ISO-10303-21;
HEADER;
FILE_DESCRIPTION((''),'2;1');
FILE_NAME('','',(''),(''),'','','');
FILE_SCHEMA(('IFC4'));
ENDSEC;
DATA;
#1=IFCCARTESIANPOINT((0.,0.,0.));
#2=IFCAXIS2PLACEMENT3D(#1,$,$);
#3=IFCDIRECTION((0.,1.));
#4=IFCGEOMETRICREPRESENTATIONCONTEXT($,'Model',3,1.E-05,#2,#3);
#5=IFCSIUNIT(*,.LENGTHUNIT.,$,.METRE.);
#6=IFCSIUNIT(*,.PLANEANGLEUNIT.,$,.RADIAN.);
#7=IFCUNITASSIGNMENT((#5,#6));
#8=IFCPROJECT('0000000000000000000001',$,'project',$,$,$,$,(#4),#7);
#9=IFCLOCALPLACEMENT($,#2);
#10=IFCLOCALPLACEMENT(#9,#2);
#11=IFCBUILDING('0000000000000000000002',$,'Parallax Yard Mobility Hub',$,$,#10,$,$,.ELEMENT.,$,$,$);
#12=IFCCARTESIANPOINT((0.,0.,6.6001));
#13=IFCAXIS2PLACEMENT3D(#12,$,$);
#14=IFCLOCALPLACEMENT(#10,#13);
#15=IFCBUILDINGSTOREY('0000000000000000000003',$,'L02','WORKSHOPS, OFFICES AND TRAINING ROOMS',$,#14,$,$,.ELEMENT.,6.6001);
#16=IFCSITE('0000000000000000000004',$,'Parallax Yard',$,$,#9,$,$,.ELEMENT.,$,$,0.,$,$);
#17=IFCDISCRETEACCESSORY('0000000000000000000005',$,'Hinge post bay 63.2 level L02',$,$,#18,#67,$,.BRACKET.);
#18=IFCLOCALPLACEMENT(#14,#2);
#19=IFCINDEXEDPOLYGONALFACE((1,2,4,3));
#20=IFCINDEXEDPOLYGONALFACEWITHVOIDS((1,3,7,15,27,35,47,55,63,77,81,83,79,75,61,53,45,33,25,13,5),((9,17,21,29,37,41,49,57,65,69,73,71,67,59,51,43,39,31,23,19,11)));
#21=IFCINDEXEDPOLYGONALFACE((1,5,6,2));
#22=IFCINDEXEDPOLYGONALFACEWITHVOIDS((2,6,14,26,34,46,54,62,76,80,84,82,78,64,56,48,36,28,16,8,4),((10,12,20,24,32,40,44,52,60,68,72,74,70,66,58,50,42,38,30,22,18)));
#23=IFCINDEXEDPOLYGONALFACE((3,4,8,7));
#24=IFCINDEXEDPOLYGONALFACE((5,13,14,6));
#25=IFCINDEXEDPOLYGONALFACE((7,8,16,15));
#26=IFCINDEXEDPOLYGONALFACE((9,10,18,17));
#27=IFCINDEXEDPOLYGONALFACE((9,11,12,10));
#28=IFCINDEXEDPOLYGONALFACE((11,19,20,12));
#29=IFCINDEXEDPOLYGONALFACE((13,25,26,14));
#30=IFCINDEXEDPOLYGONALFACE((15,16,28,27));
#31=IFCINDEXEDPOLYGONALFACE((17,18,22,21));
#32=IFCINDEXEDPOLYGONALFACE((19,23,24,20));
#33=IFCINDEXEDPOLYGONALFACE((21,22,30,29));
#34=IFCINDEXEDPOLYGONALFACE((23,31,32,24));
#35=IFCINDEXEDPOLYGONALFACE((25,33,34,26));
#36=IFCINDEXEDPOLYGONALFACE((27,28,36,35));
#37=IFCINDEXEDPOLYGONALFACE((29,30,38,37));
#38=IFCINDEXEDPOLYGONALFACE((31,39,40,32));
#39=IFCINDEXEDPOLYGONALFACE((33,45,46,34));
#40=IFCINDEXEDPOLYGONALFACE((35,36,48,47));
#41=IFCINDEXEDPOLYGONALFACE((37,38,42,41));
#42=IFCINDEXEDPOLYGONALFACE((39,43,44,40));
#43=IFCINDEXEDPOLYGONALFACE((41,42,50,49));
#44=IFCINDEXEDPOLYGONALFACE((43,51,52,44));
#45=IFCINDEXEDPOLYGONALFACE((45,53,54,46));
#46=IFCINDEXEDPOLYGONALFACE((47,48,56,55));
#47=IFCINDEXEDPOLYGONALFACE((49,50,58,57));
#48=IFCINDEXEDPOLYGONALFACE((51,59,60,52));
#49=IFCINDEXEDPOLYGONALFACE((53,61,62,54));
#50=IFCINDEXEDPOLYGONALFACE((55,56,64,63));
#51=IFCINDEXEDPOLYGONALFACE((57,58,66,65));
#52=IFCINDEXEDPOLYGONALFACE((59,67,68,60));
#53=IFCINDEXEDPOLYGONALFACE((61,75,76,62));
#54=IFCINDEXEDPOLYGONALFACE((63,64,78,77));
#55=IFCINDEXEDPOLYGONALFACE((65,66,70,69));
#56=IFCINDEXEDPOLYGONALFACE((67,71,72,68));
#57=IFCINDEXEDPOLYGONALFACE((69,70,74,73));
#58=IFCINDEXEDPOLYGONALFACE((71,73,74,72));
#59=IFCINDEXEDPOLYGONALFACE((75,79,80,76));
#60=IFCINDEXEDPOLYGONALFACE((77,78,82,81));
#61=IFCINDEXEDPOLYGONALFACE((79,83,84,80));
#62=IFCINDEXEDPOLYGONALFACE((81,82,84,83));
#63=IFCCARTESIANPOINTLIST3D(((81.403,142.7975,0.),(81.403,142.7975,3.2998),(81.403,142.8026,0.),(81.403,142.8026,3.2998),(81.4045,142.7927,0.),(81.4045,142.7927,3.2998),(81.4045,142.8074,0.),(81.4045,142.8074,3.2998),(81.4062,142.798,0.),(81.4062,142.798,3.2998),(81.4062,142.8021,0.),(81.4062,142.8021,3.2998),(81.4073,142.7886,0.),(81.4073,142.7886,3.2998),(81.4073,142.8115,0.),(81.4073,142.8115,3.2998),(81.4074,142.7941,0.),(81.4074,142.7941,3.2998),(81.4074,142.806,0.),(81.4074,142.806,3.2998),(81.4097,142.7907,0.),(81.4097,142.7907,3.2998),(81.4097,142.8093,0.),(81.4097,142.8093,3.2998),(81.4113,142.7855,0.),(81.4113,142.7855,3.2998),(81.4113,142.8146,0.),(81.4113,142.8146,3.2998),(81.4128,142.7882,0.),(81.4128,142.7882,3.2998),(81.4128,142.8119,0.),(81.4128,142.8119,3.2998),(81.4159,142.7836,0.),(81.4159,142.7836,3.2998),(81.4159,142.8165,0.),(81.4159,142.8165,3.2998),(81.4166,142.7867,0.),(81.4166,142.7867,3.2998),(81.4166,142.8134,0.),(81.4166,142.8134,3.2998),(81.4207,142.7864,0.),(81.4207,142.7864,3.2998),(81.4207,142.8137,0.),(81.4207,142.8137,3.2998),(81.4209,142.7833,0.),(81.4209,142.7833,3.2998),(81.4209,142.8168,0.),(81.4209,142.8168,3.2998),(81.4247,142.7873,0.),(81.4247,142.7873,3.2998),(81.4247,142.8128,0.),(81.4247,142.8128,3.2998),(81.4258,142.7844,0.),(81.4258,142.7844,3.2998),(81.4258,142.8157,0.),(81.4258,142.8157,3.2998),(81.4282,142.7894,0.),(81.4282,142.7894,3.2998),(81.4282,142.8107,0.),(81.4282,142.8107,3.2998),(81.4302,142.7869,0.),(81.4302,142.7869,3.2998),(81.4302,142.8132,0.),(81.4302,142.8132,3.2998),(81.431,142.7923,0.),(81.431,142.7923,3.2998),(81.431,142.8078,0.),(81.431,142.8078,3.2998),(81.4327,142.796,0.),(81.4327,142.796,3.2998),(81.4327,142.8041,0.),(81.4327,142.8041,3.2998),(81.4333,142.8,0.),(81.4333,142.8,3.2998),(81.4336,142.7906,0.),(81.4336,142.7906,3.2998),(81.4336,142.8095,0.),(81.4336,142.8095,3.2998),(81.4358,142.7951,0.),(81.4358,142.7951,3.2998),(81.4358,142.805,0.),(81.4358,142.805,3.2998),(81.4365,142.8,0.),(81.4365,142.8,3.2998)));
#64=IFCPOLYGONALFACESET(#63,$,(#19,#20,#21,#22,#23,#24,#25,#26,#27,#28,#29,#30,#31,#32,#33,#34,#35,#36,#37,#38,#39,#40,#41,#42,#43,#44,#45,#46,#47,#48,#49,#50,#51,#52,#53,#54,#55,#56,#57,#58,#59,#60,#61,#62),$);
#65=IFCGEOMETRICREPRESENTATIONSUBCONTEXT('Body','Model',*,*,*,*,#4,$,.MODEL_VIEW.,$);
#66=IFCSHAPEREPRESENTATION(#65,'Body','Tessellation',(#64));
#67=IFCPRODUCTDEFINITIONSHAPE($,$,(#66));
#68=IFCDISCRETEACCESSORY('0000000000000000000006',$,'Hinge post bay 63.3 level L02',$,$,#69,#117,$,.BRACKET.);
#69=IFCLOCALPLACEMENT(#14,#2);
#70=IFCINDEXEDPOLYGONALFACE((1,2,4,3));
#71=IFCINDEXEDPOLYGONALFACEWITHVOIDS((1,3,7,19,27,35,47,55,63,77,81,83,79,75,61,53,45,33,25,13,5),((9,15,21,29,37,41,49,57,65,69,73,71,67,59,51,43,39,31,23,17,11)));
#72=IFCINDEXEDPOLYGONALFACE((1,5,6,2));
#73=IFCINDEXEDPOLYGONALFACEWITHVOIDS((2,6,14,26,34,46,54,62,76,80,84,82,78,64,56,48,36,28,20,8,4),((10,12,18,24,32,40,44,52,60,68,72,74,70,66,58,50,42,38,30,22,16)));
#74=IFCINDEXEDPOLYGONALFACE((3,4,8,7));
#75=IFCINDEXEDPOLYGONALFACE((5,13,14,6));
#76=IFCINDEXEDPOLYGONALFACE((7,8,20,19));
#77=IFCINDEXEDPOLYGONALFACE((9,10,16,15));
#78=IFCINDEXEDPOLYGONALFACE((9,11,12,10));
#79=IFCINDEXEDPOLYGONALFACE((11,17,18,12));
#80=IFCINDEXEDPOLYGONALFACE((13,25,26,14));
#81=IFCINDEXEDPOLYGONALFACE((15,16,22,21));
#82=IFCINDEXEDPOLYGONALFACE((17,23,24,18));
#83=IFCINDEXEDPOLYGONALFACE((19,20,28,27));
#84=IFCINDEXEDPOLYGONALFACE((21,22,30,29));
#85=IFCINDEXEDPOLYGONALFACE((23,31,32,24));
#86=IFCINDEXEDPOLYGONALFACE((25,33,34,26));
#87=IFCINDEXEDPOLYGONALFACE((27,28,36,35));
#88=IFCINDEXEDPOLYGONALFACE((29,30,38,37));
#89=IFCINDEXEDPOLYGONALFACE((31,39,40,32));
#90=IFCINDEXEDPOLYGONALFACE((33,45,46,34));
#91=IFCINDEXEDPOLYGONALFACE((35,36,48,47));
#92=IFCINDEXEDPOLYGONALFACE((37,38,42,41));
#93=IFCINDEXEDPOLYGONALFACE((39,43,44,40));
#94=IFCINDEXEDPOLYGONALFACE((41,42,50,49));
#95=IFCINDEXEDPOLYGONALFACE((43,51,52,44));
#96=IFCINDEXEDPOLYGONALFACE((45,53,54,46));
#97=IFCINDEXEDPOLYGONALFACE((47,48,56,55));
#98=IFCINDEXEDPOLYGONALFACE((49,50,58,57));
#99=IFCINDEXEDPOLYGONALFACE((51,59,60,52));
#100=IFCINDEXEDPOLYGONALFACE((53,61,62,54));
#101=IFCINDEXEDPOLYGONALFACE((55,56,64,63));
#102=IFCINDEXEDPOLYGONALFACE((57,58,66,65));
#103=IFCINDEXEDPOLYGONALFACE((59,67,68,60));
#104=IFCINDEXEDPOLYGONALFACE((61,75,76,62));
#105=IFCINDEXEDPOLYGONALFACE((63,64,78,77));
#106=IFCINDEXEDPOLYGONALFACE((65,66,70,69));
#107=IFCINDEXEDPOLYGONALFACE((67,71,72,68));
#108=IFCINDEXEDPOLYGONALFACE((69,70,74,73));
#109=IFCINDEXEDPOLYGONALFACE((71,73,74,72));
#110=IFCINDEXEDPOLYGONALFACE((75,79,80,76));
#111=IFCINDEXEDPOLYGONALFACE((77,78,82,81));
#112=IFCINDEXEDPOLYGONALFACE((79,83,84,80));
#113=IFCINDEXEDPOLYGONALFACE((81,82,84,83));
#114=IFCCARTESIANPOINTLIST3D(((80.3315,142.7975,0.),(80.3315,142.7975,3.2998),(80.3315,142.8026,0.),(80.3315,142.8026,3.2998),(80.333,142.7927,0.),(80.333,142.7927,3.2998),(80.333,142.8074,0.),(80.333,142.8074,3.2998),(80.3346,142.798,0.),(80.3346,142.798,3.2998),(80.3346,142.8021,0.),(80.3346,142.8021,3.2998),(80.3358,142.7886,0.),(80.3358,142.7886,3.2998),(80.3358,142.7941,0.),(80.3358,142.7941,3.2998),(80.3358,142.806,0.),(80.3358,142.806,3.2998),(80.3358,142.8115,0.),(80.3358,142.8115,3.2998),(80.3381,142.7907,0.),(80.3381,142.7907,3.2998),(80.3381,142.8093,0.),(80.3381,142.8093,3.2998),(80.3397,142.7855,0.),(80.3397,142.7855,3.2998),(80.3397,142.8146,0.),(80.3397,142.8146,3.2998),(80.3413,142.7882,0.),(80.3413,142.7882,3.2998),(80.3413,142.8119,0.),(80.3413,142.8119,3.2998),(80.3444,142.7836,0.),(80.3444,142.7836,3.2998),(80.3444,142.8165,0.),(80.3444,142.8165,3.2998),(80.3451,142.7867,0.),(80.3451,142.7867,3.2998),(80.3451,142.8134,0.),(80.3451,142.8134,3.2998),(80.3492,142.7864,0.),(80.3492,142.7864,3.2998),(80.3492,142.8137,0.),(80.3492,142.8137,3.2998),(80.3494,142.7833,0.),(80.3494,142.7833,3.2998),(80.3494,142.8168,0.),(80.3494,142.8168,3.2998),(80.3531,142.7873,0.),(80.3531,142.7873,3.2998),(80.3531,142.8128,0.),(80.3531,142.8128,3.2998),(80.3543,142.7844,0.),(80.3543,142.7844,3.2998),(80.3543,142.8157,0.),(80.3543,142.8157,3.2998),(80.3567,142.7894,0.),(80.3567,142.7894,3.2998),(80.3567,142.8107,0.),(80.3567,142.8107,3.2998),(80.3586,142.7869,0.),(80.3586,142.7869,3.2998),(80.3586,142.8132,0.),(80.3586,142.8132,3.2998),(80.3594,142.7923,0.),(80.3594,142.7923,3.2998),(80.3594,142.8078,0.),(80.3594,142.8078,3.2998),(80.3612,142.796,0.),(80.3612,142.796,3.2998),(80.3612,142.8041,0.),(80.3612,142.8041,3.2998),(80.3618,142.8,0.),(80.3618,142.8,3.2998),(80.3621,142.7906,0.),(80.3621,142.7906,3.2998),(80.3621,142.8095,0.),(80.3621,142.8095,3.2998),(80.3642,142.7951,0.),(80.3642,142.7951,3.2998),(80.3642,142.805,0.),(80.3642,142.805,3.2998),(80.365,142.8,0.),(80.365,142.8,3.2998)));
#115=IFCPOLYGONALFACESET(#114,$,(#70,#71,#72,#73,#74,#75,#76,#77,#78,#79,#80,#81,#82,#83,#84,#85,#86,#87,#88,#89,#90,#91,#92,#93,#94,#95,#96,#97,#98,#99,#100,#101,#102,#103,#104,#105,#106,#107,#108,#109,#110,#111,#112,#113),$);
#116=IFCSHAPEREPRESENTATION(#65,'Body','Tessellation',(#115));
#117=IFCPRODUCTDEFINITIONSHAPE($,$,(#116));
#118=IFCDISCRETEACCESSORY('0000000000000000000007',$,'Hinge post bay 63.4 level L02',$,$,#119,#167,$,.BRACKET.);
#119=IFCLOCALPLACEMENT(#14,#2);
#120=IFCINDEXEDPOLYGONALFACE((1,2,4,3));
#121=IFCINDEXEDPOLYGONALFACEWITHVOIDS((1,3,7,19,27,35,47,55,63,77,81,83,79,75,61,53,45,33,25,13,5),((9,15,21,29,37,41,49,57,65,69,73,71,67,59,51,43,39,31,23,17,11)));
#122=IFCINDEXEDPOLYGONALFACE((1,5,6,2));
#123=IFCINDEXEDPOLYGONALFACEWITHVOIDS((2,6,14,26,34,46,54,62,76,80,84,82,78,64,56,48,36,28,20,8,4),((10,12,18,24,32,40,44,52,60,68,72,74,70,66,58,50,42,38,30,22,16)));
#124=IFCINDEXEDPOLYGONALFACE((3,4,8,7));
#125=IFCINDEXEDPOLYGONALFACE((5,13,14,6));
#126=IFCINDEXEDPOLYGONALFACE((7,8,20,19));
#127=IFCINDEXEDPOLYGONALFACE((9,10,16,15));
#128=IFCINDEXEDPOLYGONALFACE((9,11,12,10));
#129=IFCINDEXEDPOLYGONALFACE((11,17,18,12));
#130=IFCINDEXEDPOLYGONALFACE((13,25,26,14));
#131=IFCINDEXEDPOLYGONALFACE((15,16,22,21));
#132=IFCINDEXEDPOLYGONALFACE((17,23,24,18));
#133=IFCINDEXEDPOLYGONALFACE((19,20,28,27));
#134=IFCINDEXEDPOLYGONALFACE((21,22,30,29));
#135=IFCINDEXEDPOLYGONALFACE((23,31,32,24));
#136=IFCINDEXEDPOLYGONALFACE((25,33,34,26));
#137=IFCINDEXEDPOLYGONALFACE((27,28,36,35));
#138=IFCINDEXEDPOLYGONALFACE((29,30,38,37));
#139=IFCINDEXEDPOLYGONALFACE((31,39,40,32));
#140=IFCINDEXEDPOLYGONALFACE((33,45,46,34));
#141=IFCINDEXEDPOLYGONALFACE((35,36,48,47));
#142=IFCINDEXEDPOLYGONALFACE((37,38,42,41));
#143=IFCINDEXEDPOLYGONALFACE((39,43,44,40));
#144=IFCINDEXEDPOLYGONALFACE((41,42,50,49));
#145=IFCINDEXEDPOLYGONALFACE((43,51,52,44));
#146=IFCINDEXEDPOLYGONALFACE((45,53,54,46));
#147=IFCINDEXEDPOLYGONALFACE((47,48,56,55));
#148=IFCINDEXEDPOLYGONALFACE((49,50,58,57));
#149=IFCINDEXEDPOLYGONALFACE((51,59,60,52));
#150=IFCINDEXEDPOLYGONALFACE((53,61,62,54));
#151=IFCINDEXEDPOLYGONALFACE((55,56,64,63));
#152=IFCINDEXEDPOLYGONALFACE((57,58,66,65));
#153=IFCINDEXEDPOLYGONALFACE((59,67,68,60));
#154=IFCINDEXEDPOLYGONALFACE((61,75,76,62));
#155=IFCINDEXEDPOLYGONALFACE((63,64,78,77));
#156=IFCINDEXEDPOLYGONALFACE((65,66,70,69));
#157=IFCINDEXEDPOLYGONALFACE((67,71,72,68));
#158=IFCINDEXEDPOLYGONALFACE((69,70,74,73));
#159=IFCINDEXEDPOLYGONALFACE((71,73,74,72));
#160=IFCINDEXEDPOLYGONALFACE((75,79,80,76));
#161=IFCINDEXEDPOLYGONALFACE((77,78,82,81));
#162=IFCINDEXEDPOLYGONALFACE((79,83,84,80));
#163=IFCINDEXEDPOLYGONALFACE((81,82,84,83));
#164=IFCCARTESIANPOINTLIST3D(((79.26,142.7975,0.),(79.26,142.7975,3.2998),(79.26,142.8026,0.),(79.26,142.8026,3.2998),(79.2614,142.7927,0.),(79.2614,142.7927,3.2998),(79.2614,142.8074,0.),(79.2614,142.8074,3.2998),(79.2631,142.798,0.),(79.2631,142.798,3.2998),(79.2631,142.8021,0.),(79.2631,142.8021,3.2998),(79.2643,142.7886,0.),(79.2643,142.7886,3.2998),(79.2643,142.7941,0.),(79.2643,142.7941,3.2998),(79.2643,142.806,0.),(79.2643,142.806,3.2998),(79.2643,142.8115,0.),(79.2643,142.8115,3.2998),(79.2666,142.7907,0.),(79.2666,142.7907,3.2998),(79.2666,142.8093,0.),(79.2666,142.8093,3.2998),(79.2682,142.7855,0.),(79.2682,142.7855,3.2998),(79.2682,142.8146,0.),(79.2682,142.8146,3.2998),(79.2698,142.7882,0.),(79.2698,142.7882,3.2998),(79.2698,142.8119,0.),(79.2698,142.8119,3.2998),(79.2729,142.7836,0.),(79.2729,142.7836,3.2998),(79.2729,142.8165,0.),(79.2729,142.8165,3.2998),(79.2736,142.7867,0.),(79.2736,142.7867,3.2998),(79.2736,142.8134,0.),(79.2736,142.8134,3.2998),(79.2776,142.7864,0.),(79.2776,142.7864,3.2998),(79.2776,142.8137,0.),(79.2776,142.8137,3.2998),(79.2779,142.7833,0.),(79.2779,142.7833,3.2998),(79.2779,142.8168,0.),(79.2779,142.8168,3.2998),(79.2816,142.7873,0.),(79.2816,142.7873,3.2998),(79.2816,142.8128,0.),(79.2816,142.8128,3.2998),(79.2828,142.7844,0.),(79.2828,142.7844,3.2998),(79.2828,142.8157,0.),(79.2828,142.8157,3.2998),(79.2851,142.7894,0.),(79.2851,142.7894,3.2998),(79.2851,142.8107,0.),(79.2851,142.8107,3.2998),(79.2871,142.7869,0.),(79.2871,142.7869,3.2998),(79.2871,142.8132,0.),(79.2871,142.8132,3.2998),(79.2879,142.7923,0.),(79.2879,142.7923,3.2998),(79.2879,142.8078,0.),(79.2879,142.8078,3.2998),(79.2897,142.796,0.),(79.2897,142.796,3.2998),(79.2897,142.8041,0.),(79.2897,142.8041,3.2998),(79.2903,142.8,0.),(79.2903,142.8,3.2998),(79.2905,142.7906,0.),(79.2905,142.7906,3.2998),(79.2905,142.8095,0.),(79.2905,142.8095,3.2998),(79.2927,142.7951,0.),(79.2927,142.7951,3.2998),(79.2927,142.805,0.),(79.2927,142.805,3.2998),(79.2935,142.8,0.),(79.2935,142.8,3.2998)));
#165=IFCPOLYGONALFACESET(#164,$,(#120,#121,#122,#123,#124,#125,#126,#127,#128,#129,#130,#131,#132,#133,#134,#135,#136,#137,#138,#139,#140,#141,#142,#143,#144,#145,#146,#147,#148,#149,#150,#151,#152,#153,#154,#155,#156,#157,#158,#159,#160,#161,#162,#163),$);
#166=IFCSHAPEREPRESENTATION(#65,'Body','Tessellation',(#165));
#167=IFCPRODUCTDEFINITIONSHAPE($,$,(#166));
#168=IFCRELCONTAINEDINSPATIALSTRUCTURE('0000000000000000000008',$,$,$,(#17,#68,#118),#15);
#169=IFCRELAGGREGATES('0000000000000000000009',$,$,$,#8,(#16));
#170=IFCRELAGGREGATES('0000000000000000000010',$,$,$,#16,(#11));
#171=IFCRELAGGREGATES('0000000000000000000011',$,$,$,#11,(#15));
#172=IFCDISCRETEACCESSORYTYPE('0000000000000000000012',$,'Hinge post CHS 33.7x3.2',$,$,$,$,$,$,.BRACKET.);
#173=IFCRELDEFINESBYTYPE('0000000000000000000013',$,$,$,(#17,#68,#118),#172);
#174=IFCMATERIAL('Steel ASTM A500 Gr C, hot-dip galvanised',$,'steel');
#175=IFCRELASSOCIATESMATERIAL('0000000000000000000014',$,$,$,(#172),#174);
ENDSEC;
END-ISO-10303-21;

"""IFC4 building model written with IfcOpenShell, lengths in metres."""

from ifc_helpers import new_model, si_unit, direction, frame, origin, origin_2d, place, context, subcontext, project, spatial, hollow_circle, extrude, material, material_profile, profile_set, type_object, element, save


model = new_model("IFC4")

# Units and contexts
model_context = context("Model", 3, precision=1e-05, world=origin(), true_north=direction((0.0, 1.0)))
body_context = subcontext(model_context, "Body", "Model", "MODEL_VIEW")
ifc_project = project(units=[si_unit("LENGTHUNIT", "METRE"), si_unit("PLANEANGLEUNIT", "RADIAN")], contexts=[model_context])

# Site, building, storey
site_placement = place(None, origin())
site = spatial("IfcSite", under=ifc_project, at=site_placement, Name="Parallax Yard", CompositionType="ELEMENT", RefElevation=0.0)
building_placement = place(site_placement, origin())
building = spatial("IfcBuilding", under=site, at=building_placement, Name="Parallax Yard Mobility Hub", CompositionType="ELEMENT")
storey_placement = place(building_placement, frame((0.0, 0.0, 6.6001)))
storey = spatial("IfcBuildingStorey", under=building, at=storey_placement, Name="L02", Description="WORKSHOPS, OFFICES AND TRAINING ROOMS", CompositionType="ELEMENT", Elevation=6.6001)

# Discrete accessories
ifc_material_1 = material(Name="Steel ASTM A500 Gr C, hot-dip galvanised", Category="steel")
ifc_material_profile = material_profile(ifc_material_1, hollow_circle(Radius=0.0168, WallThickness=0.0032, at=origin_2d()), Name="CHS 33.7x3.2")
ifc_profile_set = profile_set([ifc_material_profile], Name="Steel ASTM A500 Gr C, hot-dip galvanised")
discrete_accessory_type_1 = type_object("IfcDiscreteAccessoryType", Name="Hinge post CHS 33.7x3.2", PredefinedType="BRACKET", material=ifc_profile_set)
for number, where, z_axis, x_axis, name in (
    (1, (81.4197, 142.8, 0.0), (0.0, 0.0, 1.0), (1.0, 0.0, 0.0), "Hinge post bay 63.2 level L02"),
    (2, (80.3481, 142.8, 0.0), (0.0, 0.0, 1.0), (1.0, 0.0, 0.0), "Hinge post bay 63.3 level L02"),
    (3, (79.2766, 142.8, 0.0), (0.0, 0.0, 1.0), (1.0, 0.0, 0.0), "Hinge post bay 63.4 level L02"),
):
    element("IfcDiscreteAccessory", number, at=place(storey_placement, frame(where, z_axis=z_axis, x_axis=x_axis)), inside=storey, type_object=discrete_accessory_type_1, Name=name, PredefinedType="BRACKET", context=body_context, shape_type="SweptSolid", body=[
        extrude(hollow_circle(Radius=0.0168, WallThickness=0.0032, at=origin_2d()), origin(), (0.0, 0.0, 1.0), 3.2998),
    ])

save(model, "model.ifc")
